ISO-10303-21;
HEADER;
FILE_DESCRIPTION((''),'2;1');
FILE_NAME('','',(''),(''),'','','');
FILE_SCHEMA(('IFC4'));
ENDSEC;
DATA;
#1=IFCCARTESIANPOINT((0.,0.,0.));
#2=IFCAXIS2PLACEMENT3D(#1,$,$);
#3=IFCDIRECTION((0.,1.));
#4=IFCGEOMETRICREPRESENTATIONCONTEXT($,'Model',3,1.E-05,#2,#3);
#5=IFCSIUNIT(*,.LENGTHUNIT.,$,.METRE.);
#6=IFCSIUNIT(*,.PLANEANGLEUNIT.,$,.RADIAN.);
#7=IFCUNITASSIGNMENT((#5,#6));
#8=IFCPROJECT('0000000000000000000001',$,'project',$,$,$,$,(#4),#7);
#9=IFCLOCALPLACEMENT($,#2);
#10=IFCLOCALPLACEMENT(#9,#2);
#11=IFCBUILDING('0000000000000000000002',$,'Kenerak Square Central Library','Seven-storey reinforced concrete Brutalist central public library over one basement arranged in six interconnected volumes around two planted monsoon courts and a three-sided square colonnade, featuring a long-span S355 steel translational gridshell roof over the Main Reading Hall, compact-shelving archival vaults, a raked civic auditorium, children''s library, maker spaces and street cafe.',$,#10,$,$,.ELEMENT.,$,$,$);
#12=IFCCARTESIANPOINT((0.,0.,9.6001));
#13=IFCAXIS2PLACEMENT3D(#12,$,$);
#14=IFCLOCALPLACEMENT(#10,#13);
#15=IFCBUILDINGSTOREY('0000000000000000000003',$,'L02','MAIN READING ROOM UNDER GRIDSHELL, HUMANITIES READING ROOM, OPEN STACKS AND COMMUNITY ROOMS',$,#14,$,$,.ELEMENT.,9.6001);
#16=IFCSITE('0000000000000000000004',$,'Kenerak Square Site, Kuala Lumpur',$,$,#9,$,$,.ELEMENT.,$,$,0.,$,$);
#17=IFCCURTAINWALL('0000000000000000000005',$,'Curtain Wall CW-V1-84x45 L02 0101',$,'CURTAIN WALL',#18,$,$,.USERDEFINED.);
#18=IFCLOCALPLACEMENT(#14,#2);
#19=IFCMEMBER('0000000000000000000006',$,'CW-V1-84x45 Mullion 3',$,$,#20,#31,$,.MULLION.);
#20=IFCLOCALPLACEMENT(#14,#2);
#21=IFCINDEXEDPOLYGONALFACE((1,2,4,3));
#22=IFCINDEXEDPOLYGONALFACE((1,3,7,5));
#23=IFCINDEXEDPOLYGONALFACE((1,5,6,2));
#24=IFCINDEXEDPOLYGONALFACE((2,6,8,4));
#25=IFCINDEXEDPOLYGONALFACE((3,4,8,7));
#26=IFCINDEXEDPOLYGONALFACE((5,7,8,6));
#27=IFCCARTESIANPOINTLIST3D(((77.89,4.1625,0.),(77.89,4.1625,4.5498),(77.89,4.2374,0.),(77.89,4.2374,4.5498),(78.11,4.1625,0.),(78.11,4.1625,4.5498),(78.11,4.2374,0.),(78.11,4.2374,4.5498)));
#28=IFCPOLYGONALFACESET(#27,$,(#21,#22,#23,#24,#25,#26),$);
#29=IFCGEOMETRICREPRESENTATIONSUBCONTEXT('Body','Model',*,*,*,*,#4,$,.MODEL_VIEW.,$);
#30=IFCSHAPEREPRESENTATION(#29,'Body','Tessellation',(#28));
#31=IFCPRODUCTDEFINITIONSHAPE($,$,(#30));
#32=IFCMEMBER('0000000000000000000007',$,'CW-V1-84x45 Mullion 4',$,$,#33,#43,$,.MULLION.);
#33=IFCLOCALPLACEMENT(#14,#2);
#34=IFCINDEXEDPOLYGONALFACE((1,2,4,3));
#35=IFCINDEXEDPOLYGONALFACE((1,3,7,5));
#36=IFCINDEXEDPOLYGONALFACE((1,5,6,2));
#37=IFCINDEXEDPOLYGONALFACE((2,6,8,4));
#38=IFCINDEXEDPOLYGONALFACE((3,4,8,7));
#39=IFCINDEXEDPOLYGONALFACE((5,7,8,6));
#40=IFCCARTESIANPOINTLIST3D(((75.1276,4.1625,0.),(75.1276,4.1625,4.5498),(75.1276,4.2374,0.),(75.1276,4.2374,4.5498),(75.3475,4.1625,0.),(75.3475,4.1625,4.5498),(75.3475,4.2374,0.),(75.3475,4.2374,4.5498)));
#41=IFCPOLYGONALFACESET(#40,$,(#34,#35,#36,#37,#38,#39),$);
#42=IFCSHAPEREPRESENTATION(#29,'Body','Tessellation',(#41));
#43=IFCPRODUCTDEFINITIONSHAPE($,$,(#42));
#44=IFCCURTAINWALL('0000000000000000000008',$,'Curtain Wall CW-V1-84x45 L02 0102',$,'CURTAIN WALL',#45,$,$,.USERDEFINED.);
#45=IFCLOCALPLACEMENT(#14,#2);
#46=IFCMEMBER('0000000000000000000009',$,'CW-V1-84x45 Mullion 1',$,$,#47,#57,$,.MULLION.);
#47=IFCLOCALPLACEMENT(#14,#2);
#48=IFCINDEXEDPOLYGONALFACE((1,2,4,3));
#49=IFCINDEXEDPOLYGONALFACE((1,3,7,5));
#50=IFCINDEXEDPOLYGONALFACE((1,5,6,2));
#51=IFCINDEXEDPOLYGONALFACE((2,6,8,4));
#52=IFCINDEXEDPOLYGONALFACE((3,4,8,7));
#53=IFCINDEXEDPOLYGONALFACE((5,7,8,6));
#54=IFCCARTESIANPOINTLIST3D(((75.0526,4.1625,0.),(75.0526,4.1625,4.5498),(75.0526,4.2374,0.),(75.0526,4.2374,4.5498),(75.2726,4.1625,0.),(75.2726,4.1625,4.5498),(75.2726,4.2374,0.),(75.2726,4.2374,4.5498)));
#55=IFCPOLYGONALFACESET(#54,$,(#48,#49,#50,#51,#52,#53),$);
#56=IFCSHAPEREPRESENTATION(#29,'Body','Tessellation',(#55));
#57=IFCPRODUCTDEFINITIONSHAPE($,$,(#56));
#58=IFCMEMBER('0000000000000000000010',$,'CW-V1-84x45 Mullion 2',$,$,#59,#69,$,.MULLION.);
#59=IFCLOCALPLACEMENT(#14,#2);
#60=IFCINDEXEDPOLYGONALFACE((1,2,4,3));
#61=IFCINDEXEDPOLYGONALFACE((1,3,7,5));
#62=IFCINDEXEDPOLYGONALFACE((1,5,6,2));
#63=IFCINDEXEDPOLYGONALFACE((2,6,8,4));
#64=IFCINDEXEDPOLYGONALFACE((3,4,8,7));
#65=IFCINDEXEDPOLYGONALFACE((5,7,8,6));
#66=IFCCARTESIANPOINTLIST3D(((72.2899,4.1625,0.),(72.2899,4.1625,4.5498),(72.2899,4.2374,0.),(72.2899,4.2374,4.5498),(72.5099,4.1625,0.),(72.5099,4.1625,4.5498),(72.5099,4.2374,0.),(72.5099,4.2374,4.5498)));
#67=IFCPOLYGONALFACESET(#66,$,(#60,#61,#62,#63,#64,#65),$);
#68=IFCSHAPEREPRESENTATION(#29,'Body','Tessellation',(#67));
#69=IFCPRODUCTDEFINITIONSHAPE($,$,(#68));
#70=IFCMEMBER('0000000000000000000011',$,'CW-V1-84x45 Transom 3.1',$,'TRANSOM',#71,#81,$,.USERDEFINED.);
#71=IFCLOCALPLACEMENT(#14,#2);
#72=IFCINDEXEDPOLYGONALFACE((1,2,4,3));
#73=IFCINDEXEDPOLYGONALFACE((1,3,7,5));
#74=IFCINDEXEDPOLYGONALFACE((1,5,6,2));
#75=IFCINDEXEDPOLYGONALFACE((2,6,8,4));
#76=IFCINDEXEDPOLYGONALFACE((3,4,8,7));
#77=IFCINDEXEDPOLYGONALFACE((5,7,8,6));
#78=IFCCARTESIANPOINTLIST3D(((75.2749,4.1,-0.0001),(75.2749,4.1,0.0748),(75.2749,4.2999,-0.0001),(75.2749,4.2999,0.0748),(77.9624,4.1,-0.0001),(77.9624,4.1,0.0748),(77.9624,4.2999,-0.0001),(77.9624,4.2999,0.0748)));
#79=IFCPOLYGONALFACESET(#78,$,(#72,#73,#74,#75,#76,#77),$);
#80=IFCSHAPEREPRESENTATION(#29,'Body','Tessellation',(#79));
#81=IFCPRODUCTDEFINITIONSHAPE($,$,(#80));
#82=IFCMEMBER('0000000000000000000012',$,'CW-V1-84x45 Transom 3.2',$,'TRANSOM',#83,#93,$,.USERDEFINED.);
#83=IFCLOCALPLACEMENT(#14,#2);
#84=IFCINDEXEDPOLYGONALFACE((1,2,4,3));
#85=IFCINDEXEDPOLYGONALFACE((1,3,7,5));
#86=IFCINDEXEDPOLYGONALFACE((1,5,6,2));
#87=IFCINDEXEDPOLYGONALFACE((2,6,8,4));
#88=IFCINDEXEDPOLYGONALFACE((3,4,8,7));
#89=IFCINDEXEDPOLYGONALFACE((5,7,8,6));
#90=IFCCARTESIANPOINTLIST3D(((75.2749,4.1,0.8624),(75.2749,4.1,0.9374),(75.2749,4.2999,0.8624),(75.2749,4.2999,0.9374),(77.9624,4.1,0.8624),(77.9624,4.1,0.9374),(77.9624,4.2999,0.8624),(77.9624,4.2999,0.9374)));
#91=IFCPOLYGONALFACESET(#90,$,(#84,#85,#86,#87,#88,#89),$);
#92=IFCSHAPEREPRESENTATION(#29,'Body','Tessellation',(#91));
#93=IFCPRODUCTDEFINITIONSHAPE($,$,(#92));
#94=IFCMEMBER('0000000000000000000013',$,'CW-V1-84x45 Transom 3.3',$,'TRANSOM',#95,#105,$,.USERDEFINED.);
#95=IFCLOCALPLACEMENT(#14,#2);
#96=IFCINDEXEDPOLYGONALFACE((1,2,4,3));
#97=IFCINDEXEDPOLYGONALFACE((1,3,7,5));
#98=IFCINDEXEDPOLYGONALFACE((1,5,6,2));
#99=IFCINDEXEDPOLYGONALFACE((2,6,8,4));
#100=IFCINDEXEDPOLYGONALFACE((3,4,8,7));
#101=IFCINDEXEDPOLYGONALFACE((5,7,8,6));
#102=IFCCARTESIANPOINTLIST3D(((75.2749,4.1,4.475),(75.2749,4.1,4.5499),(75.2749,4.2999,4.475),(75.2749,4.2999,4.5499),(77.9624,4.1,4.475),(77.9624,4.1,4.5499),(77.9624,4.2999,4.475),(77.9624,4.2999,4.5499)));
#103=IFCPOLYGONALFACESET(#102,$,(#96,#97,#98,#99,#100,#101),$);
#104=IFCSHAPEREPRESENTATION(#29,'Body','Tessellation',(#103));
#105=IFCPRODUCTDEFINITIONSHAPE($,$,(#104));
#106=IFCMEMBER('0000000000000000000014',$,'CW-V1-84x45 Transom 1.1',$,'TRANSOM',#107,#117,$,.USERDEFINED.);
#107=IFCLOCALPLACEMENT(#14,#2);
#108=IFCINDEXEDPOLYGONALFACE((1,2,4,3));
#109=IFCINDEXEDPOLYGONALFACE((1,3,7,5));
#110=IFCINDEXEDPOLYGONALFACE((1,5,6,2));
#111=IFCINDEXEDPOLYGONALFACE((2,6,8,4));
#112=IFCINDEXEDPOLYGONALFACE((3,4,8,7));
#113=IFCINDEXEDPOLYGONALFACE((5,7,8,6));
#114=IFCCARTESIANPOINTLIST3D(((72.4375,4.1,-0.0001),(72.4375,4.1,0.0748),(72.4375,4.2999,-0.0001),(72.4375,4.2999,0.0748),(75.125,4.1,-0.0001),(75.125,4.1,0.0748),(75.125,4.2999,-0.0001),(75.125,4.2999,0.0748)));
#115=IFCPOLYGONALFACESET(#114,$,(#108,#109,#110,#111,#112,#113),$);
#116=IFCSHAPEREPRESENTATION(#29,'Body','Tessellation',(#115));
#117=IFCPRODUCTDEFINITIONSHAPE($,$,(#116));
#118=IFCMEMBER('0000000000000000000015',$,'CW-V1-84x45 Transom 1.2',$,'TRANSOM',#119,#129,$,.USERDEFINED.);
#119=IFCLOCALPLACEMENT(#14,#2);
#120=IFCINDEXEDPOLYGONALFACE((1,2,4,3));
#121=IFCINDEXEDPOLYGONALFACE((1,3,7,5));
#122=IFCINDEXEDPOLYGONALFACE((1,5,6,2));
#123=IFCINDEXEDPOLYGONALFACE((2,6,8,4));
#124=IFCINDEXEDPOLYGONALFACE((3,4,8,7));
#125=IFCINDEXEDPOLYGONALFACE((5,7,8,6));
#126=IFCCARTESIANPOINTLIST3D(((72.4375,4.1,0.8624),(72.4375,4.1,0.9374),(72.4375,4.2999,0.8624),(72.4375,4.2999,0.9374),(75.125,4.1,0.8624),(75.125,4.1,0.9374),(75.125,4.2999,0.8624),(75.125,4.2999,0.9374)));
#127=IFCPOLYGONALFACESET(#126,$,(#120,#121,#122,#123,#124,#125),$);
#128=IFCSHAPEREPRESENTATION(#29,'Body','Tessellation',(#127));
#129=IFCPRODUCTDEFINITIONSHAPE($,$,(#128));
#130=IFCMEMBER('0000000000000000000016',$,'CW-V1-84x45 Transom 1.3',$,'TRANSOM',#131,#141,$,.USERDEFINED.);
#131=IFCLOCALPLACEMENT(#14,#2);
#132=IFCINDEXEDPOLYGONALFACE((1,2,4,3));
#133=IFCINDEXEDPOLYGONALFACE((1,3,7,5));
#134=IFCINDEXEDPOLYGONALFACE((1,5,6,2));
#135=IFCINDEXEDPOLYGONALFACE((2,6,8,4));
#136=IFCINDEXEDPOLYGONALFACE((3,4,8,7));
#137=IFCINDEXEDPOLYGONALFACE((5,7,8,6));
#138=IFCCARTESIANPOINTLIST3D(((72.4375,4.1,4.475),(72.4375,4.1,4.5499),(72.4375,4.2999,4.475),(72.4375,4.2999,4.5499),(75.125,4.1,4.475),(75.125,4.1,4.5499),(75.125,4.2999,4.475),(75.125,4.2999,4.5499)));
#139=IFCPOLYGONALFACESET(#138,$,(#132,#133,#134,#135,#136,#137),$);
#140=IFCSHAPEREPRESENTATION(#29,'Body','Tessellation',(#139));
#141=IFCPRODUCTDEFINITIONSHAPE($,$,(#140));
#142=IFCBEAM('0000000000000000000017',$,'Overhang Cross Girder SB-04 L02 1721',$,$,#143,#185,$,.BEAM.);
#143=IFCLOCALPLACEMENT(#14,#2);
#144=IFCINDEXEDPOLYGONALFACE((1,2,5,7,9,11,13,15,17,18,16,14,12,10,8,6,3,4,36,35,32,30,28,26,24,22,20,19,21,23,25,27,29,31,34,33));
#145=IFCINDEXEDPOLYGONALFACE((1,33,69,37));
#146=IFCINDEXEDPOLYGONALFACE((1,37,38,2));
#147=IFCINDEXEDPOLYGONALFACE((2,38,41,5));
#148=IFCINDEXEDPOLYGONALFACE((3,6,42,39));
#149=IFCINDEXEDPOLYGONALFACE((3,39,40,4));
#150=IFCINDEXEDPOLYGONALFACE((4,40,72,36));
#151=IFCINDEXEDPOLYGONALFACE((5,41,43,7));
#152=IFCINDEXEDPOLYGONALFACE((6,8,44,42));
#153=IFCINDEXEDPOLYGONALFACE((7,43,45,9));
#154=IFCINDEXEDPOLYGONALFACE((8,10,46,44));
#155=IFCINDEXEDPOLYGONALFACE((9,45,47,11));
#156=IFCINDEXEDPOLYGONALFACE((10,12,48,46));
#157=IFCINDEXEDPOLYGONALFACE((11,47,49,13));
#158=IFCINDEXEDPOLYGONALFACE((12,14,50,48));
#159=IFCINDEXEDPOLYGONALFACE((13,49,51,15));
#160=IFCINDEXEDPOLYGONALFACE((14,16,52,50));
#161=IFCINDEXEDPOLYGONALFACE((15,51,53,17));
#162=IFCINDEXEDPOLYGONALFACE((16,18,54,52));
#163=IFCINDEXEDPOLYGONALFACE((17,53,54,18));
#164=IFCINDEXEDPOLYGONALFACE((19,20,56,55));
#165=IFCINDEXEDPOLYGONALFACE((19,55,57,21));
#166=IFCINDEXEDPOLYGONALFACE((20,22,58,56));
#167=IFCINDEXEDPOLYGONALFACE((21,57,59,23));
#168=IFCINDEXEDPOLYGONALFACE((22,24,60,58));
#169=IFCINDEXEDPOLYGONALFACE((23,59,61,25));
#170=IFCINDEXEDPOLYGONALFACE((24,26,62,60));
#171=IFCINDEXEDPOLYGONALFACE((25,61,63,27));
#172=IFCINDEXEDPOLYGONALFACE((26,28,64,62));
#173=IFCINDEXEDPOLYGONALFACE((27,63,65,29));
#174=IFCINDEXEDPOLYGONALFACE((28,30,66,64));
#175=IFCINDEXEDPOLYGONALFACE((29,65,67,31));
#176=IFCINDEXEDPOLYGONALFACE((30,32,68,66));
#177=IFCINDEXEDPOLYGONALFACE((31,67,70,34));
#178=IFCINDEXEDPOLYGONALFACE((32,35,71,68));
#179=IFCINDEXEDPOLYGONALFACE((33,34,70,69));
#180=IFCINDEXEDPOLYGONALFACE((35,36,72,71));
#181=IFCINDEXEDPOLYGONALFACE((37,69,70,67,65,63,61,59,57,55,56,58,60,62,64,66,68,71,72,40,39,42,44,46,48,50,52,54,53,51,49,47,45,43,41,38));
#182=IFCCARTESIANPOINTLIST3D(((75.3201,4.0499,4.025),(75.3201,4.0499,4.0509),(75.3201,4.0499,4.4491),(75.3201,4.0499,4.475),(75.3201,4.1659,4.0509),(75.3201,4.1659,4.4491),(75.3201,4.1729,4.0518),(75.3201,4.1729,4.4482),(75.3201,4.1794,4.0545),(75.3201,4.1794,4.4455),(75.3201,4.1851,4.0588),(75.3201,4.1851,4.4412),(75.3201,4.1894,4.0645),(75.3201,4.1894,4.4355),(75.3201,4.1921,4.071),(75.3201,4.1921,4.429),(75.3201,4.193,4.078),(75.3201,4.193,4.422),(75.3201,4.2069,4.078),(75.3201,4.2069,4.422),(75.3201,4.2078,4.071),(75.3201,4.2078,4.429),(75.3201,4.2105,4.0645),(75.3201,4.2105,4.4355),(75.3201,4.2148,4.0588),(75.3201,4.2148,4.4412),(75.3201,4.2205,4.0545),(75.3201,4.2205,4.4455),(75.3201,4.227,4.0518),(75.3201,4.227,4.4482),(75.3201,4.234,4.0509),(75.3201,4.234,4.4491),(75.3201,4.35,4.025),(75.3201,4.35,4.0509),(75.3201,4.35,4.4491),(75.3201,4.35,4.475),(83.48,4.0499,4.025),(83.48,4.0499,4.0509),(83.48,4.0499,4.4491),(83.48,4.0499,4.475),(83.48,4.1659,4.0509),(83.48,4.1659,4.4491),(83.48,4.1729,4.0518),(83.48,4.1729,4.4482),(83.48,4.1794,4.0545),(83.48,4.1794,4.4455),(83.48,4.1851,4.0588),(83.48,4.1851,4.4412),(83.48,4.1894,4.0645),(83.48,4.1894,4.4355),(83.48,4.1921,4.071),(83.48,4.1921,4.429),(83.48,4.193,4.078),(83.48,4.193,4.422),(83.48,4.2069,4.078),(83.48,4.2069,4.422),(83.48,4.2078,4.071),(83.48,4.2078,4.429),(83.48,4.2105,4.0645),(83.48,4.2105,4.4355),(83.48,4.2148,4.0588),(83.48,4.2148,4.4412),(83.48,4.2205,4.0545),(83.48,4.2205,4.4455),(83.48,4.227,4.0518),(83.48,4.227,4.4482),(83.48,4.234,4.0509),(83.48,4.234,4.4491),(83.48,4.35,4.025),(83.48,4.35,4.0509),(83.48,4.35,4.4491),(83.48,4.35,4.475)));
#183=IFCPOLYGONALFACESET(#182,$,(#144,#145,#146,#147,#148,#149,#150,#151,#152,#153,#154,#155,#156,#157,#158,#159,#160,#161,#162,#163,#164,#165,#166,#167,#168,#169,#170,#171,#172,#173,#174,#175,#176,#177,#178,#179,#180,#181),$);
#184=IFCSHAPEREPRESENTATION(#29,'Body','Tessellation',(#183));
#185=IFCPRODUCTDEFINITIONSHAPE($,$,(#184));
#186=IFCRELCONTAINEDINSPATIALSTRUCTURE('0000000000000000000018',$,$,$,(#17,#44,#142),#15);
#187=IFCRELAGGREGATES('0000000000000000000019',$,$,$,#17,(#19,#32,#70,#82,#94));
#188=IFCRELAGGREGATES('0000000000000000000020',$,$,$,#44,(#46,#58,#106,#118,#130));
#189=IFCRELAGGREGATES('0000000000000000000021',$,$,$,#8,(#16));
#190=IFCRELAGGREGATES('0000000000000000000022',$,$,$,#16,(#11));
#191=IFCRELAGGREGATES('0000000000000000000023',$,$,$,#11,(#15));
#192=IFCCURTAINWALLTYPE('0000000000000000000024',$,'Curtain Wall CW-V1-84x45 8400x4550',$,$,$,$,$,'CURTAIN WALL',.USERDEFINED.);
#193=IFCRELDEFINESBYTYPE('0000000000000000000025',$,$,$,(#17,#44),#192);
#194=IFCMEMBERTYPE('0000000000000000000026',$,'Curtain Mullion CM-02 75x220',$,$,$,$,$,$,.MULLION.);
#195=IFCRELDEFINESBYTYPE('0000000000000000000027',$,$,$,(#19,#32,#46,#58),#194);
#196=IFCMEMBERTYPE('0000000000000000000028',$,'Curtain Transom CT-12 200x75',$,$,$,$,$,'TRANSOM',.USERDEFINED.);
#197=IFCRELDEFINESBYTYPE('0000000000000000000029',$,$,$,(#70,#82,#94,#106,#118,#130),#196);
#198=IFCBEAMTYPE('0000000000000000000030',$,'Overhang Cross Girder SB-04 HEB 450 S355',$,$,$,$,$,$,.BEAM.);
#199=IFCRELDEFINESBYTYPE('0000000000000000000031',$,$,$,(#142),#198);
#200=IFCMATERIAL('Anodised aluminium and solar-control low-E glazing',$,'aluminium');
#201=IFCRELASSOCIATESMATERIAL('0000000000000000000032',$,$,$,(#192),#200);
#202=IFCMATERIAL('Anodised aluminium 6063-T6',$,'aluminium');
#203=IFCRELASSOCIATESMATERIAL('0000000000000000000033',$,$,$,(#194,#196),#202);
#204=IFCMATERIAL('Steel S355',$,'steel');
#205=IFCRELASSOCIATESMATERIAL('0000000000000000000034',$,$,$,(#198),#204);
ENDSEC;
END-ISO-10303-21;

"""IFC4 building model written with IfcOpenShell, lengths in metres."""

from ifc_helpers import new_model, si_unit, direction, frame, origin, origin_2d, place, context, subcontext, project, spatial, rectangle, i_section, extrude, material, material_profile, profile_set, type_object, element, aggregate, save


model = new_model("IFC4")

# Units and contexts
model_context = context("Model", 3, precision=1e-05, world=origin(), true_north=direction((0.0, 1.0)))
body_context = subcontext(model_context, "Body", "Model", "MODEL_VIEW")
ifc_project = project(units=[si_unit("LENGTHUNIT", "METRE"), si_unit("PLANEANGLEUNIT", "RADIAN")], contexts=[model_context])

# Site, building, storey
site_placement = place(None, origin())
site = spatial("IfcSite", under=ifc_project, at=site_placement, Name="Kenerak Square Site, Kuala Lumpur", CompositionType="ELEMENT", RefElevation=0.0)
building_placement = place(site_placement, origin())
building = spatial("IfcBuilding", under=site, at=building_placement, Name="Kenerak Square Central Library", Description="Seven-storey reinforced concrete Brutalist central public library over one basement arranged in six interconnected volumes around two planted monsoon courts and a three-sided square colonnade, featuring a long-span S355 steel translational gridshell roof over the Main Reading Hall, compact-shelving archival vaults, a raked civic auditorium, children's library, maker spaces and street cafe.", CompositionType="ELEMENT")
storey_placement = place(building_placement, frame((0.0, 0.0, 9.6001)))
storey = spatial("IfcBuildingStorey", under=building, at=storey_placement, Name="L02", Description="MAIN READING ROOM UNDER GRIDSHELL, HUMANITIES READING ROOM, OPEN STACKS AND COMMUNITY ROOMS", CompositionType="ELEMENT", Elevation=9.6001)

# Curtain walls, members
ifc_material_1 = material(Name="Anodised aluminium and solar-control low-E glazing", Category="aluminium")
curtain_wall_type = type_object("IfcCurtainWallType", Name="Curtain Wall CW-V1-84x45 8400x4550", ElementType="CURTAIN WALL", PredefinedType="USERDEFINED", material=ifc_material_1)
curtain_wall_1_placement = place(storey_placement, origin())
curtain_wall_1 = element("IfcCurtainWall", 1, at=curtain_wall_1_placement, inside=storey, type_object=curtain_wall_type, Name="Curtain Wall CW-V1-84x45 L02 0101", ObjectType="CURTAIN WALL", PredefinedType="USERDEFINED")
ifc_material_2 = material(Name="Anodised aluminium 6063-T6", Category="aluminium")
ifc_material_profile_1 = material_profile(ifc_material_2, rectangle(XDim=0.075, YDim=0.22, at=origin_2d()), Name="AL MULLION 75x220")
ifc_profile_set_1 = profile_set([ifc_material_profile_1], Name="Anodised aluminium 6063-T6")
member_type_1 = type_object("IfcMemberType", Name="Curtain Mullion CM-02 75x220", PredefinedType="MULLION", material=ifc_profile_set_1)
member_1_placement = place(storey_placement, frame((78.0, 4.2, 0.0), z_axis=(0.0, 0.0, 1.0), x_axis=(0.0, -1.0, 0.0)))
member_1 = element("IfcMember", 2, at=member_1_placement, type_object=member_type_1, Name="CW-V1-84x45 Mullion 3", PredefinedType="MULLION", context=body_context, shape_type="SweptSolid", body=[
    extrude(rectangle(XDim=0.075, YDim=0.22, at=origin_2d()), origin(), (0.0, 0.0, 1.0), 4.5498),
])
member_2_placement = place(storey_placement, frame((75.2375, 4.2, 0.0), z_axis=(0.0, 0.0, 1.0), x_axis=(0.0, -1.0, 0.0)))
member_2 = element("IfcMember", 3, at=member_2_placement, type_object=member_type_1, Name="CW-V1-84x45 Mullion 4", PredefinedType="MULLION", context=body_context, shape_type="SweptSolid", body=[
    extrude(rectangle(XDim=0.075, YDim=0.22, at=origin_2d()), origin(), (0.0, 0.0, 1.0), 4.5498),
])
curtain_wall_2_placement = place(storey_placement, origin())
curtain_wall_2 = element("IfcCurtainWall", 4, at=curtain_wall_2_placement, inside=storey, type_object=curtain_wall_type, Name="Curtain Wall CW-V1-84x45 L02 0102", ObjectType="CURTAIN WALL", PredefinedType="USERDEFINED")
member_3_placement = place(storey_placement, frame((75.1626, 4.2, 0.0), z_axis=(0.0, 0.0, 1.0), x_axis=(0.0, -1.0, 0.0)))
member_3 = element("IfcMember", 5, at=member_3_placement, type_object=member_type_1, Name="CW-V1-84x45 Mullion 1", PredefinedType="MULLION", context=body_context, shape_type="SweptSolid", body=[
    extrude(rectangle(XDim=0.075, YDim=0.22, at=origin_2d()), origin(), (0.0, 0.0, 1.0), 4.5498),
])
member_4_placement = place(storey_placement, frame((72.3999, 4.2, 0.0), z_axis=(0.0, 0.0, 1.0), x_axis=(0.0, -1.0, 0.0)))
member_4 = element("IfcMember", 6, at=member_4_placement, type_object=member_type_1, Name="CW-V1-84x45 Mullion 2", PredefinedType="MULLION", context=body_context, shape_type="SweptSolid", body=[
    extrude(rectangle(XDim=0.075, YDim=0.22, at=origin_2d()), origin(), (0.0, 0.0, 1.0), 4.5498),
])

# Members
ifc_material_profile_2 = material_profile(ifc_material_2, rectangle(XDim=0.2, YDim=0.075, at=origin_2d()), Name="AL TRANSOM 200x75")
ifc_profile_set_2 = profile_set([ifc_material_profile_2], Name="Anodised aluminium 6063-T6")
member_type_2 = type_object("IfcMemberType", Name="Curtain Transom CT-12 200x75", ElementType="TRANSOM", PredefinedType="USERDEFINED", material=ifc_profile_set_2)
member_5_placement = place(storey_placement, frame((77.9624, 4.2, 0.0374), z_axis=(-1.0, 0.0, 0.0), x_axis=(0.0, -1.0, 0.0)))
member_5 = element("IfcMember", 7, at=member_5_placement, type_object=member_type_2, Name="CW-V1-84x45 Transom 3.1", ObjectType="TRANSOM", PredefinedType="USERDEFINED", context=body_context, shape_type="SweptSolid", body=[
    extrude(rectangle(XDim=0.2, YDim=0.075, at=origin_2d()), origin(), (0.0, 0.0, 1.0), 2.6875),
])
member_6_placement = place(storey_placement, frame((77.9624, 4.2, 0.8999), z_axis=(-1.0, 0.0, 0.0), x_axis=(0.0, -1.0, 0.0)))
member_6 = element("IfcMember", 8, at=member_6_placement, type_object=member_type_2, Name="CW-V1-84x45 Transom 3.2", ObjectType="TRANSOM", PredefinedType="USERDEFINED", context=body_context, shape_type="SweptSolid", body=[
    extrude(rectangle(XDim=0.2, YDim=0.075, at=origin_2d()), origin(), (0.0, 0.0, 1.0), 2.6875),
])
member_7_placement = place(storey_placement, frame((77.9624, 4.2, 4.5125), z_axis=(-1.0, 0.0, 0.0), x_axis=(0.0, -1.0, 0.0)))
member_7 = element("IfcMember", 9, at=member_7_placement, type_object=member_type_2, Name="CW-V1-84x45 Transom 3.3", ObjectType="TRANSOM", PredefinedType="USERDEFINED", context=body_context, shape_type="SweptSolid", body=[
    extrude(rectangle(XDim=0.2, YDim=0.075, at=origin_2d()), origin(), (0.0, 0.0, 1.0), 2.6875),
])
member_8_placement = place(storey_placement, frame((75.125, 4.2, 0.0374), z_axis=(-1.0, 0.0, 0.0), x_axis=(0.0, -1.0, 0.0)))
member_8 = element("IfcMember", 10, at=member_8_placement, type_object=member_type_2, Name="CW-V1-84x45 Transom 1.1", ObjectType="TRANSOM", PredefinedType="USERDEFINED", context=body_context, shape_type="SweptSolid", body=[
    extrude(rectangle(XDim=0.2, YDim=0.075, at=origin_2d()), origin(), (0.0, 0.0, 1.0), 2.6875),
])
member_9_placement = place(storey_placement, frame((75.125, 4.2, 0.8999), z_axis=(-1.0, 0.0, 0.0), x_axis=(0.0, -1.0, 0.0)))
member_9 = element("IfcMember", 11, at=member_9_placement, type_object=member_type_2, Name="CW-V1-84x45 Transom 1.2", ObjectType="TRANSOM", PredefinedType="USERDEFINED", context=body_context, shape_type="SweptSolid", body=[
    extrude(rectangle(XDim=0.2, YDim=0.075, at=origin_2d()), origin(), (0.0, 0.0, 1.0), 2.6875),
])
member_10_placement = place(storey_placement, frame((75.125, 4.2, 4.5125), z_axis=(-1.0, 0.0, 0.0), x_axis=(0.0, -1.0, 0.0)))
member_10 = element("IfcMember", 12, at=member_10_placement, type_object=member_type_2, Name="CW-V1-84x45 Transom 1.3", ObjectType="TRANSOM", PredefinedType="USERDEFINED", context=body_context, shape_type="SweptSolid", body=[
    extrude(rectangle(XDim=0.2, YDim=0.075, at=origin_2d()), origin(), (0.0, 0.0, 1.0), 2.6875),
])

# Beam
ifc_material_3 = material(Name="Steel S355", Category="steel")
ifc_material_profile_3 = material_profile(ifc_material_3, i_section(OverallWidth=0.3, OverallDepth=0.45, WebThickness=0.0139, FlangeThickness=0.0259, FilletRadius=0.0271, at=origin_2d()), Name="HEB 450")
ifc_profile_set_3 = profile_set([ifc_material_profile_3], Name="Steel S355")
beam_type_1 = type_object("IfcBeamType", Name="Overhang Cross Girder SB-04 HEB 450 S355", PredefinedType="BEAM", material=ifc_profile_set_3)
beam_1_placement = place(storey_placement, frame((75.3201, 4.2, 4.25), z_axis=(1.0, 0.0, 0.0), x_axis=(0.0, 1.0, 0.0)))
element("IfcBeam", 13, at=beam_1_placement, inside=storey, type_object=beam_type_1, Name="Overhang Cross Girder SB-04 L02 1721", PredefinedType="BEAM", context=body_context, shape_type="SweptSolid", body=[
    extrude(i_section(OverallWidth=0.3, OverallDepth=0.45, WebThickness=0.0139, FlangeThickness=0.0259, FilletRadius=0.0271, at=origin_2d()), origin(), (0.0, 0.0, 1.0), 8.1599),
])

aggregate(curtain_wall_1, [member_1, member_2, member_5, member_6, member_7])
aggregate(curtain_wall_2, [member_3, member_4, member_8, member_9, member_10])

save(model, "model.ifc")
